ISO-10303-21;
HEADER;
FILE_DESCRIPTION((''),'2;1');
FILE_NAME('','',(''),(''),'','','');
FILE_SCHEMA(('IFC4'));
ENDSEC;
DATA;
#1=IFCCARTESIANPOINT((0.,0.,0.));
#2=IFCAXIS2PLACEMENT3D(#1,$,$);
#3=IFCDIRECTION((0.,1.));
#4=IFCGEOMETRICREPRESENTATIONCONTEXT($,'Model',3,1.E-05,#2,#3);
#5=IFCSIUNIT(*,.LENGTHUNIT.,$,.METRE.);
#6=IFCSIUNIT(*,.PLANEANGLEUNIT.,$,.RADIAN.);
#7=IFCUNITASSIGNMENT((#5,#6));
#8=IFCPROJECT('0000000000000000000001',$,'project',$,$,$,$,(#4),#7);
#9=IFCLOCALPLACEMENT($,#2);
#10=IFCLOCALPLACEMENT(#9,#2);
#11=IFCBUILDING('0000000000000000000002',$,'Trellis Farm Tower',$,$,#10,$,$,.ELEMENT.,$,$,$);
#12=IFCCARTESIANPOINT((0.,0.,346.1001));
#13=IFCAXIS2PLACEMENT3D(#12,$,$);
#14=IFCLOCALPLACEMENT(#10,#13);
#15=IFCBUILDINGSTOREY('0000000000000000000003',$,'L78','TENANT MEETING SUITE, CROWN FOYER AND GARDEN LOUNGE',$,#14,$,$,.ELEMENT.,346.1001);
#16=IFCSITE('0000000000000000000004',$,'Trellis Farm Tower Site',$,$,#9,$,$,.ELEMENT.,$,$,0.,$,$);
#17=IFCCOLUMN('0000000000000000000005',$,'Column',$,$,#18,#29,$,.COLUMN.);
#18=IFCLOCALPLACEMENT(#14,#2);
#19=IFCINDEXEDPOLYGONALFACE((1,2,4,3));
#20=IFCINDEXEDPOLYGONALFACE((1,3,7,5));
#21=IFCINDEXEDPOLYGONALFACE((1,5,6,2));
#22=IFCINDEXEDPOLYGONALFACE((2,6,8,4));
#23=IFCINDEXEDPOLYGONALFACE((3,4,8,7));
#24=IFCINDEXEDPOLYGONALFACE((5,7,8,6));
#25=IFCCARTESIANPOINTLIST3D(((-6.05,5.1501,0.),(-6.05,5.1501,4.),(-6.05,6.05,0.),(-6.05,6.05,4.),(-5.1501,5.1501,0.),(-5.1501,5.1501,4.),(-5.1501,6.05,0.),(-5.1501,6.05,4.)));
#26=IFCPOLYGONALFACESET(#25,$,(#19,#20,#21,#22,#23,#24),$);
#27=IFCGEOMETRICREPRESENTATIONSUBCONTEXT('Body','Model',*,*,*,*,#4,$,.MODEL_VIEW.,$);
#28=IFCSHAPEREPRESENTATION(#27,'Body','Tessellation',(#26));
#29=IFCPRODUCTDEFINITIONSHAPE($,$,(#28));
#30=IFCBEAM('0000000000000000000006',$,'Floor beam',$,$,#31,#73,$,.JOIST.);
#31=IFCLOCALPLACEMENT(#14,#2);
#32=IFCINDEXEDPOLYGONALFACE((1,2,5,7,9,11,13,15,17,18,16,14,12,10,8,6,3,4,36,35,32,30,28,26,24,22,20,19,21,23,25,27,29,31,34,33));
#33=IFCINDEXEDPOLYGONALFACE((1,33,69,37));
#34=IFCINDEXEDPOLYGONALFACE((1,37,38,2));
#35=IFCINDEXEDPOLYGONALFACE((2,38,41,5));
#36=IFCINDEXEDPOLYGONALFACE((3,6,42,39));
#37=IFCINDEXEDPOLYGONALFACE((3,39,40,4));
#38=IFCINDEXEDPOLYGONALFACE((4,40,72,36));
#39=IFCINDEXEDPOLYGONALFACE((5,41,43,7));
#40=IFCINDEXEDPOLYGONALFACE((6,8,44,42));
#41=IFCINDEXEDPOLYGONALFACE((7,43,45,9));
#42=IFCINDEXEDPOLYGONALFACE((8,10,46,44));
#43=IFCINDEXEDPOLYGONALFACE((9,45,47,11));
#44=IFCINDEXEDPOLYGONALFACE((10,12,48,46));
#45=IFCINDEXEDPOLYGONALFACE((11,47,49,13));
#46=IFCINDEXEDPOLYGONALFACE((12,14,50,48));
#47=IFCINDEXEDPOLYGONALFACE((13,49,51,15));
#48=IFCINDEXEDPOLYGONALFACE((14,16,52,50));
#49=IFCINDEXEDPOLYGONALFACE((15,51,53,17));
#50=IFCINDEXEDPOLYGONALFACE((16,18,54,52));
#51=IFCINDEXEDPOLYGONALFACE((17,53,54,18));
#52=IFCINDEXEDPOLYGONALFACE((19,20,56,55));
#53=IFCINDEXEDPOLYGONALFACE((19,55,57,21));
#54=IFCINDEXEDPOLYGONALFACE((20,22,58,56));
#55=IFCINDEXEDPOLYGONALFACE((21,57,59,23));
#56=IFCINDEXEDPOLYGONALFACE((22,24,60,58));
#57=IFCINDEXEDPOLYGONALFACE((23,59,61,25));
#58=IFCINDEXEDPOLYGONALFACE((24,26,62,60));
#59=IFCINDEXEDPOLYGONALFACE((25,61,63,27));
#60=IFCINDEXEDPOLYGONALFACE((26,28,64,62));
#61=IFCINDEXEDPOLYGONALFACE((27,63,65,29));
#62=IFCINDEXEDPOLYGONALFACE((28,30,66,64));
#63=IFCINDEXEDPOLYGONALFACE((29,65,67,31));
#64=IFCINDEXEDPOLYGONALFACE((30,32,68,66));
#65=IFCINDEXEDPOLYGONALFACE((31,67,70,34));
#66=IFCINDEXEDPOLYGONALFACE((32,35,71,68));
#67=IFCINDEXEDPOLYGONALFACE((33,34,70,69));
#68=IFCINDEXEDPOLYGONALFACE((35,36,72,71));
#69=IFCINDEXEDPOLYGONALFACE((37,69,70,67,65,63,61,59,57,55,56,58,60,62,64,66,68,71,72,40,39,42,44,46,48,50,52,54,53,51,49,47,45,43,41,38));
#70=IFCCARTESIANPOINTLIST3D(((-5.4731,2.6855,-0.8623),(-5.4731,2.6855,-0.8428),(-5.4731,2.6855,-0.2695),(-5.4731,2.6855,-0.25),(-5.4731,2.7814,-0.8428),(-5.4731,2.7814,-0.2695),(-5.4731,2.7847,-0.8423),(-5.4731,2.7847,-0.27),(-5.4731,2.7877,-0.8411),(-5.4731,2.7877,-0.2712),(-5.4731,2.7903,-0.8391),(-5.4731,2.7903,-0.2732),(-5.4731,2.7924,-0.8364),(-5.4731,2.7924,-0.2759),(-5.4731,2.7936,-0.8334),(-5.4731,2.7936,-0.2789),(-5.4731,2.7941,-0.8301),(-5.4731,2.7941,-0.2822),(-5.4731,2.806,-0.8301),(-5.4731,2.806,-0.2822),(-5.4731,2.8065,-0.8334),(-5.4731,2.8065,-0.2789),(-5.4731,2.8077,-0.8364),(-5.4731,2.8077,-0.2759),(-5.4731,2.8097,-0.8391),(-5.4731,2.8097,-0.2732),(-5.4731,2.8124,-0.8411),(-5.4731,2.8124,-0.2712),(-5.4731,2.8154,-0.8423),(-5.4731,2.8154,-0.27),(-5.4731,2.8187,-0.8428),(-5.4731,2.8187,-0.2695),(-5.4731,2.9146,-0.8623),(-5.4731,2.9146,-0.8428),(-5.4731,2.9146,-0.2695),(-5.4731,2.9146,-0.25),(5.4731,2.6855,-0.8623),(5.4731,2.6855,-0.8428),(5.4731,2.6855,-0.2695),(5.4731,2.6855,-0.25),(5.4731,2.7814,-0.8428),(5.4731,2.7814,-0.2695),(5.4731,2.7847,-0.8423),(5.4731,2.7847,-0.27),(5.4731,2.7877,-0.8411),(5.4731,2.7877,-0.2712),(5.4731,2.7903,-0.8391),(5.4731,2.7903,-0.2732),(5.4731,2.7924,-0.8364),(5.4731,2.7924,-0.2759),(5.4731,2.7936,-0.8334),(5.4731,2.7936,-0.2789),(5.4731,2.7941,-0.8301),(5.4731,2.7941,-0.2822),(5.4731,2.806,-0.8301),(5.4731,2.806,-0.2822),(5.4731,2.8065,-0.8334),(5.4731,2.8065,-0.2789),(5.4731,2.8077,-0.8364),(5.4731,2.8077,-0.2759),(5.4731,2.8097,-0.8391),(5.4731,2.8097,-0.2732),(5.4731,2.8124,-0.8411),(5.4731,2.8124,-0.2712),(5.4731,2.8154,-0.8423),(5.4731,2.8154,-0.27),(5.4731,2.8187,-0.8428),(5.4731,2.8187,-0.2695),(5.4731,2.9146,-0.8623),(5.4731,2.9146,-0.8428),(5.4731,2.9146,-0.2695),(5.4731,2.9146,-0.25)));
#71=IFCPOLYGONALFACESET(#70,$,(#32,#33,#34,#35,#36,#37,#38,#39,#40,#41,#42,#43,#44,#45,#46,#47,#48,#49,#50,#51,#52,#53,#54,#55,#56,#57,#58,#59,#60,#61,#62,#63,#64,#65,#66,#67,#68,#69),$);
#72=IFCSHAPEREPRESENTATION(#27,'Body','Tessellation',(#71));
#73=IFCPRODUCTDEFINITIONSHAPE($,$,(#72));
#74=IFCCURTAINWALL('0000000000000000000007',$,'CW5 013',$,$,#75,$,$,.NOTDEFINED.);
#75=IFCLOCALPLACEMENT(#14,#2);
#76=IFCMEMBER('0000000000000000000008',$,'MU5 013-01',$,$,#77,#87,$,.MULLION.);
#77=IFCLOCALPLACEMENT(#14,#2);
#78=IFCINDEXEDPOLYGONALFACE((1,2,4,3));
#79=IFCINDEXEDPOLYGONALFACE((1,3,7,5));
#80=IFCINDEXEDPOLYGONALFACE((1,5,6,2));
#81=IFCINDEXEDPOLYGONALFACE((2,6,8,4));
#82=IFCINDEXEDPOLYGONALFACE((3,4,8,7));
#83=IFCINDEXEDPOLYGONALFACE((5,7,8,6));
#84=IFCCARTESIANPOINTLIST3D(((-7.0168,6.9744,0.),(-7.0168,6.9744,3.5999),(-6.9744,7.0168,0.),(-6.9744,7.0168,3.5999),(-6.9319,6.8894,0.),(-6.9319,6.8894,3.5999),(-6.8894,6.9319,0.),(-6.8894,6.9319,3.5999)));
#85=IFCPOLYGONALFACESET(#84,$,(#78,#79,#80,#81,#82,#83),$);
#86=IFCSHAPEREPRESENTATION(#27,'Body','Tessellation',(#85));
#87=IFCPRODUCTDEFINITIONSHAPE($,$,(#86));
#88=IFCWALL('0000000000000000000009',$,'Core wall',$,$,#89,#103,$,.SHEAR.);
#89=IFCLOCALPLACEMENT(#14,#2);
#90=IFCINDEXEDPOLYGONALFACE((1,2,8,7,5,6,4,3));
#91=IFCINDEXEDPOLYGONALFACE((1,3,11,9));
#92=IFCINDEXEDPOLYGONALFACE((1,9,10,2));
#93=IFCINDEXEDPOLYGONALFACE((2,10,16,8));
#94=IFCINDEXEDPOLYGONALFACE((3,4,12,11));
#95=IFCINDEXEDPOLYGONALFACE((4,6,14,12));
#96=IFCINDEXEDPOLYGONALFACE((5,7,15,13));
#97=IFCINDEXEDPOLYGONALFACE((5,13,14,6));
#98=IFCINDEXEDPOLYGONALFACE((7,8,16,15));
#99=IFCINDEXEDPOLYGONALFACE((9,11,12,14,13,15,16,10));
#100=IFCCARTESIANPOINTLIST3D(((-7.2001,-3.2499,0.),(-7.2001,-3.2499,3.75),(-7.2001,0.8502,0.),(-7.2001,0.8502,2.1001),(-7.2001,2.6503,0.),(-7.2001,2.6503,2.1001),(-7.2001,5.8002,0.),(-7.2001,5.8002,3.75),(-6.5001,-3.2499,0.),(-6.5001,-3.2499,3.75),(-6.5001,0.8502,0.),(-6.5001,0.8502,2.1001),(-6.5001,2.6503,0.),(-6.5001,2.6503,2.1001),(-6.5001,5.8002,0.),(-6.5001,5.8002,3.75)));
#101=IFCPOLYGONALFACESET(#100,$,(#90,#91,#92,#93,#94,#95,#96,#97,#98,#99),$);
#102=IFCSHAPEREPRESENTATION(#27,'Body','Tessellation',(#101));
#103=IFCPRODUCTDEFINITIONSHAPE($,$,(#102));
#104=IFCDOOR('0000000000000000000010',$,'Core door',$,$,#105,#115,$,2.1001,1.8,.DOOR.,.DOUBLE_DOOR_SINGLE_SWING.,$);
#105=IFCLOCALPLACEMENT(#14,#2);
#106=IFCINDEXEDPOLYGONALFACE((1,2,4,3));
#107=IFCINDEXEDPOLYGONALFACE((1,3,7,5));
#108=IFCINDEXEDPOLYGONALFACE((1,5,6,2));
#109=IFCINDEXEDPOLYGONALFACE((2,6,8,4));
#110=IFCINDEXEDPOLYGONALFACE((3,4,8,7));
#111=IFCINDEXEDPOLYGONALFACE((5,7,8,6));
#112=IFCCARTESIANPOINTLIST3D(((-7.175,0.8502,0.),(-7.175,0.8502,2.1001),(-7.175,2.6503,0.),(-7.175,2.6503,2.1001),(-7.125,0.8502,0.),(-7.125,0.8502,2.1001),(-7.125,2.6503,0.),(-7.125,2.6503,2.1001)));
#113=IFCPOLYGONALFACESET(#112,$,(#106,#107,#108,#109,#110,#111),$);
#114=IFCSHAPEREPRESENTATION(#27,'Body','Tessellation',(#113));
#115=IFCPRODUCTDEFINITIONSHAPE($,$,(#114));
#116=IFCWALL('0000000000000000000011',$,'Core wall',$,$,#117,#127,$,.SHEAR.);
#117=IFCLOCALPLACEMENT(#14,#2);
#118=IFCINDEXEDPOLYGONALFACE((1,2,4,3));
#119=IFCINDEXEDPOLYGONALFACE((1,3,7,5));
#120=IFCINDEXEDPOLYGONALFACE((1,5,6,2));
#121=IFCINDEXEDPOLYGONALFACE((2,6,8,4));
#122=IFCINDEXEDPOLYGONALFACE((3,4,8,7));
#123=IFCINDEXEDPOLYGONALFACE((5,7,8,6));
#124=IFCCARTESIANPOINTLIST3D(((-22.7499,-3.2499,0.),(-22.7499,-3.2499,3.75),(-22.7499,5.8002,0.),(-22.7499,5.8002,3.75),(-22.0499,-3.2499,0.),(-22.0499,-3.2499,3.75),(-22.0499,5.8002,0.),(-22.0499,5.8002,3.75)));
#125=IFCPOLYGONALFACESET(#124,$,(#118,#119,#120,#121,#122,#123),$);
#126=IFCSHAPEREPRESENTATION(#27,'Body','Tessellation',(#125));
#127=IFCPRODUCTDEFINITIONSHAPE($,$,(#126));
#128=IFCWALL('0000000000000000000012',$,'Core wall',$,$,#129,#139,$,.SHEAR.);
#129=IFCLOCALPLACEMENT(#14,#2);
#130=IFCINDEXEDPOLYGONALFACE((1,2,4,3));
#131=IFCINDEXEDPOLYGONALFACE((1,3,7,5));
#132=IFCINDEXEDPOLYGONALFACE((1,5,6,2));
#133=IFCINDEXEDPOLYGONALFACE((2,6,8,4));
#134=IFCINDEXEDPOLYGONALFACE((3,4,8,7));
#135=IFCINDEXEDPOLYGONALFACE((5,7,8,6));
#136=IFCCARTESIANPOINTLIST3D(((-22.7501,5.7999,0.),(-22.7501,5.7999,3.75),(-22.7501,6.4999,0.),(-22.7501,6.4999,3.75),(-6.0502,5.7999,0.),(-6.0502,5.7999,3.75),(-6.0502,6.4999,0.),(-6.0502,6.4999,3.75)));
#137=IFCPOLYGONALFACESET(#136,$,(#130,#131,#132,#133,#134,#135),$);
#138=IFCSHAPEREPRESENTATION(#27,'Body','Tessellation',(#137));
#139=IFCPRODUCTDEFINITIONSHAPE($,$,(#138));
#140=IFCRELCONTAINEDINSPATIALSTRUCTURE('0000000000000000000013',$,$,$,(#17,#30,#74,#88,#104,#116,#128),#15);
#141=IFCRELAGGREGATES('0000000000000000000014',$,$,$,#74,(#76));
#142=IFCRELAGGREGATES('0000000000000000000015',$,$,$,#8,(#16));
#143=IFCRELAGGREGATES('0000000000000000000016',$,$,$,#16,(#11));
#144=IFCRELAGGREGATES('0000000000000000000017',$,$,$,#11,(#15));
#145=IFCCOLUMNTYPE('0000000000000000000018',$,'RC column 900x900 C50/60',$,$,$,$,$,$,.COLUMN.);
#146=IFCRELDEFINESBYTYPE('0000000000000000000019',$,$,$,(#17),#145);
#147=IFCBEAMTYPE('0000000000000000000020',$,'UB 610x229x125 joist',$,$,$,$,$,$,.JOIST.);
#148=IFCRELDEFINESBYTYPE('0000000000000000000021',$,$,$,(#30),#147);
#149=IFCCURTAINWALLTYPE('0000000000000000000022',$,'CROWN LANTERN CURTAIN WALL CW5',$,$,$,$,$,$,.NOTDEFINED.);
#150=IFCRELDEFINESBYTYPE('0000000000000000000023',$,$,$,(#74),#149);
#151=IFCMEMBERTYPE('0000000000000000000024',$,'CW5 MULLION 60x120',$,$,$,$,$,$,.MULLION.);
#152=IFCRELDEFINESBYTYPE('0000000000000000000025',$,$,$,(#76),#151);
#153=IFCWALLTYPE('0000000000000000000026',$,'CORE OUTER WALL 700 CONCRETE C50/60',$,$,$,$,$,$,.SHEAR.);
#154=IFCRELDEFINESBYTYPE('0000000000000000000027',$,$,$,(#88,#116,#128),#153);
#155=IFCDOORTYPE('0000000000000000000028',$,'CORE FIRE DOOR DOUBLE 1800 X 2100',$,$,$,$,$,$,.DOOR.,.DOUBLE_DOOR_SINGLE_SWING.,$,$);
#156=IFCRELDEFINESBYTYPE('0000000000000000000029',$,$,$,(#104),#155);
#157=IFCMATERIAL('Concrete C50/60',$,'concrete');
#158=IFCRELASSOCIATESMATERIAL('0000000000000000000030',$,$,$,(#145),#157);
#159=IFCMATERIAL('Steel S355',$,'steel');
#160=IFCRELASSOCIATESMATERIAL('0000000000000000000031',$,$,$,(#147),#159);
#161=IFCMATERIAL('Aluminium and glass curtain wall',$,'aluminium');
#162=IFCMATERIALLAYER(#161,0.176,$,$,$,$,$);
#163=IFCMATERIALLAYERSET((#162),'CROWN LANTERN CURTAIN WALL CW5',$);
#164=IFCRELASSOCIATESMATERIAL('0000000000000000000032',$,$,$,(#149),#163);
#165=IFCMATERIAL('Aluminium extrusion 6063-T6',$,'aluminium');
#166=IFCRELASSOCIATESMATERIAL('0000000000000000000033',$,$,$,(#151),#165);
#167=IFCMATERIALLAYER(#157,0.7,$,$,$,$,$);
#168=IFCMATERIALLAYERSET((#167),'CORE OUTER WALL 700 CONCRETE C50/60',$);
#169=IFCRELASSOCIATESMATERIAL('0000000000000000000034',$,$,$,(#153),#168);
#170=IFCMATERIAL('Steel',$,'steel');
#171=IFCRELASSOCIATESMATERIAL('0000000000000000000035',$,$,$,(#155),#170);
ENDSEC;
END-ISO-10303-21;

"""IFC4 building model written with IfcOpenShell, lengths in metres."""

from ifc_helpers import new_model, si_unit, direction, frame, frame_2d, origin, origin_2d, place, context, subcontext, project, spatial, rectangle, i_section, extrude, source, transform, mapped, material, layer, layer_set, material_profile, profile_set, type_object, element, fill, aggregate, save


model = new_model("IFC4")

# Units and contexts
model_context = context("Model", 3, precision=1e-05, world=origin(), true_north=direction((0.0, 1.0)))
body_context = subcontext(model_context, "Body", "Model", "MODEL_VIEW")
ifc_project = project(units=[si_unit("LENGTHUNIT", "METRE"), si_unit("PLANEANGLEUNIT", "RADIAN")], contexts=[model_context])

# Site, building, storey
site_placement = place(None, origin())
site = spatial("IfcSite", under=ifc_project, at=site_placement, Name="Trellis Farm Tower Site", CompositionType="ELEMENT", RefElevation=0.0)
building_placement = place(site_placement, origin())
building = spatial("IfcBuilding", under=site, at=building_placement, Name="Trellis Farm Tower", CompositionType="ELEMENT")
storey_placement = place(building_placement, frame((0.0, 0.0, 346.1001)))
storey = spatial("IfcBuildingStorey", under=building, at=storey_placement, Name="L78", Description="TENANT MEETING SUITE, CROWN FOYER AND GARDEN LOUNGE", CompositionType="ELEMENT", Elevation=346.1001)

# Column
ifc_material_1 = material(Name="Concrete C50/60", Category="concrete")
ifc_material_profile_1 = material_profile(ifc_material_1, rectangle(XDim=0.8999, YDim=0.8999, at=origin_2d()), Name="RC column 900x900 C50/60")
ifc_profile_set_1 = profile_set([ifc_material_profile_1], Name="Concrete C50/60")
column_type = type_object("IfcColumnType", Name="RC column 900x900 C50/60", PredefinedType="COLUMN", material=ifc_profile_set_1)
shared_shape_1 = source(origin(), body_context, "Body", "SweptSolid", [
    extrude(rectangle(XDim=0.8999, YDim=0.8999, at=origin_2d()), origin(), (0.0, 0.0, 1.0), 4.0),
])
column_placement = place(storey_placement, frame((-5.6001, 5.6001, 0.0), z_axis=(0.0, 0.0, 1.0), x_axis=(1.0, 0.0, 0.0)))
element("IfcColumn", 1, at=column_placement, inside=storey, type_object=column_type, Name="Column", PredefinedType="COLUMN", context=body_context, shape_type="MappedRepresentation", body=[
    mapped(shared_shape_1, transform((0.0, 0.0, 0.0))),
])

# Beam
ifc_material_2 = material(Name="Steel S355", Category="steel")
ifc_material_profile_2 = material_profile(ifc_material_2, i_section(OverallWidth=0.229, OverallDepth=0.6123, WebThickness=0.012, FlangeThickness=0.0195, FilletRadius=0.0127, at=origin_2d()), Name="UB 610x229x125")
ifc_profile_set_2 = profile_set([ifc_material_profile_2], Name="Steel S355")
beam_type = type_object("IfcBeamType", Name="UB 610x229x125 joist", PredefinedType="JOIST", material=ifc_profile_set_2)
shared_shape_2 = source(origin(), body_context, "Body", "SweptSolid", [
    extrude(i_section(OverallWidth=0.229, OverallDepth=0.6123, WebThickness=0.012, FlangeThickness=0.0195, FilletRadius=0.0127, at=origin_2d()), origin(), (0.0, 0.0, 1.0), 10.9463),
])
beam_placement = place(storey_placement, frame((-5.4731, 2.8, -0.5562), z_axis=(1.0, 0.0, 0.0), x_axis=(0.0, 1.0, 0.0)))
element("IfcBeam", 2, at=beam_placement, inside=storey, type_object=beam_type, Name="Floor beam", PredefinedType="JOIST", context=body_context, shape_type="MappedRepresentation", body=[
    mapped(shared_shape_2, transform((0.0, 0.0, 0.0))),
])

# Curtain wall, member
ifc_material_3 = material(Name="Aluminium and glass curtain wall", Category="aluminium")
ifc_layer_1 = layer(ifc_material_3, 0.176)
ifc_layer_set_1 = layer_set([ifc_layer_1], Name="CROWN LANTERN CURTAIN WALL CW5")
curtain_wall_type = type_object("IfcCurtainWallType", Name="CROWN LANTERN CURTAIN WALL CW5", PredefinedType="NOTDEFINED", material=ifc_layer_set_1)
placement = place(storey_placement, origin())
curtain_wall = element("IfcCurtainWall", 3, at=placement, inside=storey, type_object=curtain_wall_type, Name="CW5 013", PredefinedType="NOTDEFINED")
ifc_material_4 = material(Name="Aluminium extrusion 6063-T6", Category="aluminium")
ifc_material_profile_3 = material_profile(ifc_material_4, rectangle(XDim=0.0601, YDim=0.1201, at=origin_2d()), Name="MULLION 60x120")
ifc_profile_set_3 = profile_set([ifc_material_profile_3], Name="Aluminium extrusion 6063-T6")
member_type = type_object("IfcMemberType", Name="CW5 MULLION 60x120", PredefinedType="MULLION", material=ifc_profile_set_3)
shared_shape_3 = source(origin(), body_context, "Body", "SweptSolid", [
    extrude(rectangle(XDim=0.0601, YDim=0.1201, at=origin_2d()), origin(), (0.0, 0.0, 1.0), 3.5999),
])
member_placement = place(storey_placement, frame((-6.9531, 6.9531, 0.0), z_axis=(0.0, 0.0, 1.0), x_axis=(-0.707107, -0.707107, 0.0)))
member = element("IfcMember", 4, at=member_placement, type_object=member_type, Name="MU5 013-01", PredefinedType="MULLION", context=body_context, shape_type="MappedRepresentation", body=[
    mapped(shared_shape_3, transform((0.0, 0.0, 0.0))),
])
aggregate(curtain_wall, [member])

# Wall, opening, door
ifc_layer_2 = layer(ifc_material_1, 0.7)
ifc_layer_set_2 = layer_set([ifc_layer_2], Name="CORE OUTER WALL 700 CONCRETE C50/60")
wall_type_1 = type_object("IfcWallType", Name="CORE OUTER WALL 700 CONCRETE C50/60", PredefinedType="SHEAR", material=ifc_layer_set_2)
shared_shape_4 = source(origin(), body_context, "Body", "SweptSolid", [
    extrude(rectangle(XDim=9.05, YDim=0.7, at=frame_2d((4.5249, 0.0))), origin(), (0.0, 0.0, 1.0), 3.75),
])
wall_1_placement = place(storey_placement, frame((-6.8501, 5.8, 0.0), z_axis=(0.0, 0.0, 1.0), x_axis=(0.0, -1.0, 0.0)))
wall_1 = element("IfcWall", 5, at=wall_1_placement, inside=storey, type_object=wall_type_1, Name="Core wall", PredefinedType="SHEAR", context=body_context, shape_type="MappedRepresentation", body=[
    mapped(shared_shape_4, transform((0.0, 0.0, 0.0))),
])
shared_shape_5 = source(origin(), body_context, "Body", "SweptSolid", [
    extrude(rectangle(XDim=1.8, YDim=2.1001, at=frame_2d((0.8999, 1.05))), frame((0.0, 0.3601, 0.0), z_axis=(0.0, -1.0, 0.0), x_axis=(1.0, 0.0, 0.0)), (0.0, 0.0, 1.0), 0.7202),
])
opening_1_placement = place(wall_1_placement, frame((3.1499, 0.0, 0.0)))
opening_1 = element("IfcOpeningElement", 6, at=opening_1_placement, cuts=wall_1, PredefinedType="OPENING", context=body_context, shape_type="MappedRepresentation", body=[
    mapped(shared_shape_5, transform((0.0, 0.0, 0.0))),
])
ifc_material_5 = material(Name="Steel", Category="steel")
door_type_1 = type_object("IfcDoorType", Name="CORE FIRE DOOR DOUBLE 1800 X 2100", OperationType="DOUBLE_DOOR_SINGLE_SWING", PredefinedType="DOOR", material=ifc_material_5)
shared_shape_6 = source(origin(), body_context, "Body", "SweptSolid", [
    extrude(rectangle(XDim=1.8, YDim=2.1001, at=frame_2d((0.8999, 1.05))), frame((0.0, -0.2749, 0.0), z_axis=(0.0, -1.0, 0.0), x_axis=(1.0, 0.0, 0.0)), (0.0, 0.0, 1.0), 0.05),
])
door_1_placement = place(opening_1_placement, origin())
door_1 = element("IfcDoor", 7, at=door_1_placement, inside=storey, type_object=door_type_1, Name="Core door", OperationType="DOUBLE_DOOR_SINGLE_SWING", OverallHeight=2.1001, OverallWidth=1.8, PredefinedType="DOOR", context=body_context, shape_type="MappedRepresentation", body=[
    mapped(shared_shape_6, transform((0.0, 0.0, 0.0))),
])
fill(opening_1, door_1)

# Walls
wall_2_placement = place(storey_placement, frame((-22.3999, 5.8, 0.0), z_axis=(0.0, 0.0, 1.0), x_axis=(0.0, -1.0, 0.0)))
element("IfcWall", 8, at=wall_2_placement, inside=storey, type_object=wall_type_1, Name="Core wall", PredefinedType="SHEAR", context=body_context, shape_type="MappedRepresentation", body=[
    mapped(shared_shape_4, transform((0.0, 0.0, 0.0))),
])
shared_shape_7 = source(origin(), body_context, "Body", "SweptSolid", [
    extrude(rectangle(XDim=16.7, YDim=0.7, at=frame_2d((8.3501, 0.0))), origin(), (0.0, 0.0, 1.0), 3.75),
])
wall_3_placement = place(storey_placement, frame((-6.05, 6.1499, 0.0), z_axis=(0.0, 0.0, 1.0), x_axis=(-1.0, 0.0, 0.0)))
element("IfcWall", 9, at=wall_3_placement, inside=storey, type_object=wall_type_1, Name="Core wall", PredefinedType="SHEAR", context=body_context, shape_type="MappedRepresentation", body=[
    mapped(shared_shape_7, transform((0.0, 0.0, 0.0))),
])

save(model, "model.ifc")
